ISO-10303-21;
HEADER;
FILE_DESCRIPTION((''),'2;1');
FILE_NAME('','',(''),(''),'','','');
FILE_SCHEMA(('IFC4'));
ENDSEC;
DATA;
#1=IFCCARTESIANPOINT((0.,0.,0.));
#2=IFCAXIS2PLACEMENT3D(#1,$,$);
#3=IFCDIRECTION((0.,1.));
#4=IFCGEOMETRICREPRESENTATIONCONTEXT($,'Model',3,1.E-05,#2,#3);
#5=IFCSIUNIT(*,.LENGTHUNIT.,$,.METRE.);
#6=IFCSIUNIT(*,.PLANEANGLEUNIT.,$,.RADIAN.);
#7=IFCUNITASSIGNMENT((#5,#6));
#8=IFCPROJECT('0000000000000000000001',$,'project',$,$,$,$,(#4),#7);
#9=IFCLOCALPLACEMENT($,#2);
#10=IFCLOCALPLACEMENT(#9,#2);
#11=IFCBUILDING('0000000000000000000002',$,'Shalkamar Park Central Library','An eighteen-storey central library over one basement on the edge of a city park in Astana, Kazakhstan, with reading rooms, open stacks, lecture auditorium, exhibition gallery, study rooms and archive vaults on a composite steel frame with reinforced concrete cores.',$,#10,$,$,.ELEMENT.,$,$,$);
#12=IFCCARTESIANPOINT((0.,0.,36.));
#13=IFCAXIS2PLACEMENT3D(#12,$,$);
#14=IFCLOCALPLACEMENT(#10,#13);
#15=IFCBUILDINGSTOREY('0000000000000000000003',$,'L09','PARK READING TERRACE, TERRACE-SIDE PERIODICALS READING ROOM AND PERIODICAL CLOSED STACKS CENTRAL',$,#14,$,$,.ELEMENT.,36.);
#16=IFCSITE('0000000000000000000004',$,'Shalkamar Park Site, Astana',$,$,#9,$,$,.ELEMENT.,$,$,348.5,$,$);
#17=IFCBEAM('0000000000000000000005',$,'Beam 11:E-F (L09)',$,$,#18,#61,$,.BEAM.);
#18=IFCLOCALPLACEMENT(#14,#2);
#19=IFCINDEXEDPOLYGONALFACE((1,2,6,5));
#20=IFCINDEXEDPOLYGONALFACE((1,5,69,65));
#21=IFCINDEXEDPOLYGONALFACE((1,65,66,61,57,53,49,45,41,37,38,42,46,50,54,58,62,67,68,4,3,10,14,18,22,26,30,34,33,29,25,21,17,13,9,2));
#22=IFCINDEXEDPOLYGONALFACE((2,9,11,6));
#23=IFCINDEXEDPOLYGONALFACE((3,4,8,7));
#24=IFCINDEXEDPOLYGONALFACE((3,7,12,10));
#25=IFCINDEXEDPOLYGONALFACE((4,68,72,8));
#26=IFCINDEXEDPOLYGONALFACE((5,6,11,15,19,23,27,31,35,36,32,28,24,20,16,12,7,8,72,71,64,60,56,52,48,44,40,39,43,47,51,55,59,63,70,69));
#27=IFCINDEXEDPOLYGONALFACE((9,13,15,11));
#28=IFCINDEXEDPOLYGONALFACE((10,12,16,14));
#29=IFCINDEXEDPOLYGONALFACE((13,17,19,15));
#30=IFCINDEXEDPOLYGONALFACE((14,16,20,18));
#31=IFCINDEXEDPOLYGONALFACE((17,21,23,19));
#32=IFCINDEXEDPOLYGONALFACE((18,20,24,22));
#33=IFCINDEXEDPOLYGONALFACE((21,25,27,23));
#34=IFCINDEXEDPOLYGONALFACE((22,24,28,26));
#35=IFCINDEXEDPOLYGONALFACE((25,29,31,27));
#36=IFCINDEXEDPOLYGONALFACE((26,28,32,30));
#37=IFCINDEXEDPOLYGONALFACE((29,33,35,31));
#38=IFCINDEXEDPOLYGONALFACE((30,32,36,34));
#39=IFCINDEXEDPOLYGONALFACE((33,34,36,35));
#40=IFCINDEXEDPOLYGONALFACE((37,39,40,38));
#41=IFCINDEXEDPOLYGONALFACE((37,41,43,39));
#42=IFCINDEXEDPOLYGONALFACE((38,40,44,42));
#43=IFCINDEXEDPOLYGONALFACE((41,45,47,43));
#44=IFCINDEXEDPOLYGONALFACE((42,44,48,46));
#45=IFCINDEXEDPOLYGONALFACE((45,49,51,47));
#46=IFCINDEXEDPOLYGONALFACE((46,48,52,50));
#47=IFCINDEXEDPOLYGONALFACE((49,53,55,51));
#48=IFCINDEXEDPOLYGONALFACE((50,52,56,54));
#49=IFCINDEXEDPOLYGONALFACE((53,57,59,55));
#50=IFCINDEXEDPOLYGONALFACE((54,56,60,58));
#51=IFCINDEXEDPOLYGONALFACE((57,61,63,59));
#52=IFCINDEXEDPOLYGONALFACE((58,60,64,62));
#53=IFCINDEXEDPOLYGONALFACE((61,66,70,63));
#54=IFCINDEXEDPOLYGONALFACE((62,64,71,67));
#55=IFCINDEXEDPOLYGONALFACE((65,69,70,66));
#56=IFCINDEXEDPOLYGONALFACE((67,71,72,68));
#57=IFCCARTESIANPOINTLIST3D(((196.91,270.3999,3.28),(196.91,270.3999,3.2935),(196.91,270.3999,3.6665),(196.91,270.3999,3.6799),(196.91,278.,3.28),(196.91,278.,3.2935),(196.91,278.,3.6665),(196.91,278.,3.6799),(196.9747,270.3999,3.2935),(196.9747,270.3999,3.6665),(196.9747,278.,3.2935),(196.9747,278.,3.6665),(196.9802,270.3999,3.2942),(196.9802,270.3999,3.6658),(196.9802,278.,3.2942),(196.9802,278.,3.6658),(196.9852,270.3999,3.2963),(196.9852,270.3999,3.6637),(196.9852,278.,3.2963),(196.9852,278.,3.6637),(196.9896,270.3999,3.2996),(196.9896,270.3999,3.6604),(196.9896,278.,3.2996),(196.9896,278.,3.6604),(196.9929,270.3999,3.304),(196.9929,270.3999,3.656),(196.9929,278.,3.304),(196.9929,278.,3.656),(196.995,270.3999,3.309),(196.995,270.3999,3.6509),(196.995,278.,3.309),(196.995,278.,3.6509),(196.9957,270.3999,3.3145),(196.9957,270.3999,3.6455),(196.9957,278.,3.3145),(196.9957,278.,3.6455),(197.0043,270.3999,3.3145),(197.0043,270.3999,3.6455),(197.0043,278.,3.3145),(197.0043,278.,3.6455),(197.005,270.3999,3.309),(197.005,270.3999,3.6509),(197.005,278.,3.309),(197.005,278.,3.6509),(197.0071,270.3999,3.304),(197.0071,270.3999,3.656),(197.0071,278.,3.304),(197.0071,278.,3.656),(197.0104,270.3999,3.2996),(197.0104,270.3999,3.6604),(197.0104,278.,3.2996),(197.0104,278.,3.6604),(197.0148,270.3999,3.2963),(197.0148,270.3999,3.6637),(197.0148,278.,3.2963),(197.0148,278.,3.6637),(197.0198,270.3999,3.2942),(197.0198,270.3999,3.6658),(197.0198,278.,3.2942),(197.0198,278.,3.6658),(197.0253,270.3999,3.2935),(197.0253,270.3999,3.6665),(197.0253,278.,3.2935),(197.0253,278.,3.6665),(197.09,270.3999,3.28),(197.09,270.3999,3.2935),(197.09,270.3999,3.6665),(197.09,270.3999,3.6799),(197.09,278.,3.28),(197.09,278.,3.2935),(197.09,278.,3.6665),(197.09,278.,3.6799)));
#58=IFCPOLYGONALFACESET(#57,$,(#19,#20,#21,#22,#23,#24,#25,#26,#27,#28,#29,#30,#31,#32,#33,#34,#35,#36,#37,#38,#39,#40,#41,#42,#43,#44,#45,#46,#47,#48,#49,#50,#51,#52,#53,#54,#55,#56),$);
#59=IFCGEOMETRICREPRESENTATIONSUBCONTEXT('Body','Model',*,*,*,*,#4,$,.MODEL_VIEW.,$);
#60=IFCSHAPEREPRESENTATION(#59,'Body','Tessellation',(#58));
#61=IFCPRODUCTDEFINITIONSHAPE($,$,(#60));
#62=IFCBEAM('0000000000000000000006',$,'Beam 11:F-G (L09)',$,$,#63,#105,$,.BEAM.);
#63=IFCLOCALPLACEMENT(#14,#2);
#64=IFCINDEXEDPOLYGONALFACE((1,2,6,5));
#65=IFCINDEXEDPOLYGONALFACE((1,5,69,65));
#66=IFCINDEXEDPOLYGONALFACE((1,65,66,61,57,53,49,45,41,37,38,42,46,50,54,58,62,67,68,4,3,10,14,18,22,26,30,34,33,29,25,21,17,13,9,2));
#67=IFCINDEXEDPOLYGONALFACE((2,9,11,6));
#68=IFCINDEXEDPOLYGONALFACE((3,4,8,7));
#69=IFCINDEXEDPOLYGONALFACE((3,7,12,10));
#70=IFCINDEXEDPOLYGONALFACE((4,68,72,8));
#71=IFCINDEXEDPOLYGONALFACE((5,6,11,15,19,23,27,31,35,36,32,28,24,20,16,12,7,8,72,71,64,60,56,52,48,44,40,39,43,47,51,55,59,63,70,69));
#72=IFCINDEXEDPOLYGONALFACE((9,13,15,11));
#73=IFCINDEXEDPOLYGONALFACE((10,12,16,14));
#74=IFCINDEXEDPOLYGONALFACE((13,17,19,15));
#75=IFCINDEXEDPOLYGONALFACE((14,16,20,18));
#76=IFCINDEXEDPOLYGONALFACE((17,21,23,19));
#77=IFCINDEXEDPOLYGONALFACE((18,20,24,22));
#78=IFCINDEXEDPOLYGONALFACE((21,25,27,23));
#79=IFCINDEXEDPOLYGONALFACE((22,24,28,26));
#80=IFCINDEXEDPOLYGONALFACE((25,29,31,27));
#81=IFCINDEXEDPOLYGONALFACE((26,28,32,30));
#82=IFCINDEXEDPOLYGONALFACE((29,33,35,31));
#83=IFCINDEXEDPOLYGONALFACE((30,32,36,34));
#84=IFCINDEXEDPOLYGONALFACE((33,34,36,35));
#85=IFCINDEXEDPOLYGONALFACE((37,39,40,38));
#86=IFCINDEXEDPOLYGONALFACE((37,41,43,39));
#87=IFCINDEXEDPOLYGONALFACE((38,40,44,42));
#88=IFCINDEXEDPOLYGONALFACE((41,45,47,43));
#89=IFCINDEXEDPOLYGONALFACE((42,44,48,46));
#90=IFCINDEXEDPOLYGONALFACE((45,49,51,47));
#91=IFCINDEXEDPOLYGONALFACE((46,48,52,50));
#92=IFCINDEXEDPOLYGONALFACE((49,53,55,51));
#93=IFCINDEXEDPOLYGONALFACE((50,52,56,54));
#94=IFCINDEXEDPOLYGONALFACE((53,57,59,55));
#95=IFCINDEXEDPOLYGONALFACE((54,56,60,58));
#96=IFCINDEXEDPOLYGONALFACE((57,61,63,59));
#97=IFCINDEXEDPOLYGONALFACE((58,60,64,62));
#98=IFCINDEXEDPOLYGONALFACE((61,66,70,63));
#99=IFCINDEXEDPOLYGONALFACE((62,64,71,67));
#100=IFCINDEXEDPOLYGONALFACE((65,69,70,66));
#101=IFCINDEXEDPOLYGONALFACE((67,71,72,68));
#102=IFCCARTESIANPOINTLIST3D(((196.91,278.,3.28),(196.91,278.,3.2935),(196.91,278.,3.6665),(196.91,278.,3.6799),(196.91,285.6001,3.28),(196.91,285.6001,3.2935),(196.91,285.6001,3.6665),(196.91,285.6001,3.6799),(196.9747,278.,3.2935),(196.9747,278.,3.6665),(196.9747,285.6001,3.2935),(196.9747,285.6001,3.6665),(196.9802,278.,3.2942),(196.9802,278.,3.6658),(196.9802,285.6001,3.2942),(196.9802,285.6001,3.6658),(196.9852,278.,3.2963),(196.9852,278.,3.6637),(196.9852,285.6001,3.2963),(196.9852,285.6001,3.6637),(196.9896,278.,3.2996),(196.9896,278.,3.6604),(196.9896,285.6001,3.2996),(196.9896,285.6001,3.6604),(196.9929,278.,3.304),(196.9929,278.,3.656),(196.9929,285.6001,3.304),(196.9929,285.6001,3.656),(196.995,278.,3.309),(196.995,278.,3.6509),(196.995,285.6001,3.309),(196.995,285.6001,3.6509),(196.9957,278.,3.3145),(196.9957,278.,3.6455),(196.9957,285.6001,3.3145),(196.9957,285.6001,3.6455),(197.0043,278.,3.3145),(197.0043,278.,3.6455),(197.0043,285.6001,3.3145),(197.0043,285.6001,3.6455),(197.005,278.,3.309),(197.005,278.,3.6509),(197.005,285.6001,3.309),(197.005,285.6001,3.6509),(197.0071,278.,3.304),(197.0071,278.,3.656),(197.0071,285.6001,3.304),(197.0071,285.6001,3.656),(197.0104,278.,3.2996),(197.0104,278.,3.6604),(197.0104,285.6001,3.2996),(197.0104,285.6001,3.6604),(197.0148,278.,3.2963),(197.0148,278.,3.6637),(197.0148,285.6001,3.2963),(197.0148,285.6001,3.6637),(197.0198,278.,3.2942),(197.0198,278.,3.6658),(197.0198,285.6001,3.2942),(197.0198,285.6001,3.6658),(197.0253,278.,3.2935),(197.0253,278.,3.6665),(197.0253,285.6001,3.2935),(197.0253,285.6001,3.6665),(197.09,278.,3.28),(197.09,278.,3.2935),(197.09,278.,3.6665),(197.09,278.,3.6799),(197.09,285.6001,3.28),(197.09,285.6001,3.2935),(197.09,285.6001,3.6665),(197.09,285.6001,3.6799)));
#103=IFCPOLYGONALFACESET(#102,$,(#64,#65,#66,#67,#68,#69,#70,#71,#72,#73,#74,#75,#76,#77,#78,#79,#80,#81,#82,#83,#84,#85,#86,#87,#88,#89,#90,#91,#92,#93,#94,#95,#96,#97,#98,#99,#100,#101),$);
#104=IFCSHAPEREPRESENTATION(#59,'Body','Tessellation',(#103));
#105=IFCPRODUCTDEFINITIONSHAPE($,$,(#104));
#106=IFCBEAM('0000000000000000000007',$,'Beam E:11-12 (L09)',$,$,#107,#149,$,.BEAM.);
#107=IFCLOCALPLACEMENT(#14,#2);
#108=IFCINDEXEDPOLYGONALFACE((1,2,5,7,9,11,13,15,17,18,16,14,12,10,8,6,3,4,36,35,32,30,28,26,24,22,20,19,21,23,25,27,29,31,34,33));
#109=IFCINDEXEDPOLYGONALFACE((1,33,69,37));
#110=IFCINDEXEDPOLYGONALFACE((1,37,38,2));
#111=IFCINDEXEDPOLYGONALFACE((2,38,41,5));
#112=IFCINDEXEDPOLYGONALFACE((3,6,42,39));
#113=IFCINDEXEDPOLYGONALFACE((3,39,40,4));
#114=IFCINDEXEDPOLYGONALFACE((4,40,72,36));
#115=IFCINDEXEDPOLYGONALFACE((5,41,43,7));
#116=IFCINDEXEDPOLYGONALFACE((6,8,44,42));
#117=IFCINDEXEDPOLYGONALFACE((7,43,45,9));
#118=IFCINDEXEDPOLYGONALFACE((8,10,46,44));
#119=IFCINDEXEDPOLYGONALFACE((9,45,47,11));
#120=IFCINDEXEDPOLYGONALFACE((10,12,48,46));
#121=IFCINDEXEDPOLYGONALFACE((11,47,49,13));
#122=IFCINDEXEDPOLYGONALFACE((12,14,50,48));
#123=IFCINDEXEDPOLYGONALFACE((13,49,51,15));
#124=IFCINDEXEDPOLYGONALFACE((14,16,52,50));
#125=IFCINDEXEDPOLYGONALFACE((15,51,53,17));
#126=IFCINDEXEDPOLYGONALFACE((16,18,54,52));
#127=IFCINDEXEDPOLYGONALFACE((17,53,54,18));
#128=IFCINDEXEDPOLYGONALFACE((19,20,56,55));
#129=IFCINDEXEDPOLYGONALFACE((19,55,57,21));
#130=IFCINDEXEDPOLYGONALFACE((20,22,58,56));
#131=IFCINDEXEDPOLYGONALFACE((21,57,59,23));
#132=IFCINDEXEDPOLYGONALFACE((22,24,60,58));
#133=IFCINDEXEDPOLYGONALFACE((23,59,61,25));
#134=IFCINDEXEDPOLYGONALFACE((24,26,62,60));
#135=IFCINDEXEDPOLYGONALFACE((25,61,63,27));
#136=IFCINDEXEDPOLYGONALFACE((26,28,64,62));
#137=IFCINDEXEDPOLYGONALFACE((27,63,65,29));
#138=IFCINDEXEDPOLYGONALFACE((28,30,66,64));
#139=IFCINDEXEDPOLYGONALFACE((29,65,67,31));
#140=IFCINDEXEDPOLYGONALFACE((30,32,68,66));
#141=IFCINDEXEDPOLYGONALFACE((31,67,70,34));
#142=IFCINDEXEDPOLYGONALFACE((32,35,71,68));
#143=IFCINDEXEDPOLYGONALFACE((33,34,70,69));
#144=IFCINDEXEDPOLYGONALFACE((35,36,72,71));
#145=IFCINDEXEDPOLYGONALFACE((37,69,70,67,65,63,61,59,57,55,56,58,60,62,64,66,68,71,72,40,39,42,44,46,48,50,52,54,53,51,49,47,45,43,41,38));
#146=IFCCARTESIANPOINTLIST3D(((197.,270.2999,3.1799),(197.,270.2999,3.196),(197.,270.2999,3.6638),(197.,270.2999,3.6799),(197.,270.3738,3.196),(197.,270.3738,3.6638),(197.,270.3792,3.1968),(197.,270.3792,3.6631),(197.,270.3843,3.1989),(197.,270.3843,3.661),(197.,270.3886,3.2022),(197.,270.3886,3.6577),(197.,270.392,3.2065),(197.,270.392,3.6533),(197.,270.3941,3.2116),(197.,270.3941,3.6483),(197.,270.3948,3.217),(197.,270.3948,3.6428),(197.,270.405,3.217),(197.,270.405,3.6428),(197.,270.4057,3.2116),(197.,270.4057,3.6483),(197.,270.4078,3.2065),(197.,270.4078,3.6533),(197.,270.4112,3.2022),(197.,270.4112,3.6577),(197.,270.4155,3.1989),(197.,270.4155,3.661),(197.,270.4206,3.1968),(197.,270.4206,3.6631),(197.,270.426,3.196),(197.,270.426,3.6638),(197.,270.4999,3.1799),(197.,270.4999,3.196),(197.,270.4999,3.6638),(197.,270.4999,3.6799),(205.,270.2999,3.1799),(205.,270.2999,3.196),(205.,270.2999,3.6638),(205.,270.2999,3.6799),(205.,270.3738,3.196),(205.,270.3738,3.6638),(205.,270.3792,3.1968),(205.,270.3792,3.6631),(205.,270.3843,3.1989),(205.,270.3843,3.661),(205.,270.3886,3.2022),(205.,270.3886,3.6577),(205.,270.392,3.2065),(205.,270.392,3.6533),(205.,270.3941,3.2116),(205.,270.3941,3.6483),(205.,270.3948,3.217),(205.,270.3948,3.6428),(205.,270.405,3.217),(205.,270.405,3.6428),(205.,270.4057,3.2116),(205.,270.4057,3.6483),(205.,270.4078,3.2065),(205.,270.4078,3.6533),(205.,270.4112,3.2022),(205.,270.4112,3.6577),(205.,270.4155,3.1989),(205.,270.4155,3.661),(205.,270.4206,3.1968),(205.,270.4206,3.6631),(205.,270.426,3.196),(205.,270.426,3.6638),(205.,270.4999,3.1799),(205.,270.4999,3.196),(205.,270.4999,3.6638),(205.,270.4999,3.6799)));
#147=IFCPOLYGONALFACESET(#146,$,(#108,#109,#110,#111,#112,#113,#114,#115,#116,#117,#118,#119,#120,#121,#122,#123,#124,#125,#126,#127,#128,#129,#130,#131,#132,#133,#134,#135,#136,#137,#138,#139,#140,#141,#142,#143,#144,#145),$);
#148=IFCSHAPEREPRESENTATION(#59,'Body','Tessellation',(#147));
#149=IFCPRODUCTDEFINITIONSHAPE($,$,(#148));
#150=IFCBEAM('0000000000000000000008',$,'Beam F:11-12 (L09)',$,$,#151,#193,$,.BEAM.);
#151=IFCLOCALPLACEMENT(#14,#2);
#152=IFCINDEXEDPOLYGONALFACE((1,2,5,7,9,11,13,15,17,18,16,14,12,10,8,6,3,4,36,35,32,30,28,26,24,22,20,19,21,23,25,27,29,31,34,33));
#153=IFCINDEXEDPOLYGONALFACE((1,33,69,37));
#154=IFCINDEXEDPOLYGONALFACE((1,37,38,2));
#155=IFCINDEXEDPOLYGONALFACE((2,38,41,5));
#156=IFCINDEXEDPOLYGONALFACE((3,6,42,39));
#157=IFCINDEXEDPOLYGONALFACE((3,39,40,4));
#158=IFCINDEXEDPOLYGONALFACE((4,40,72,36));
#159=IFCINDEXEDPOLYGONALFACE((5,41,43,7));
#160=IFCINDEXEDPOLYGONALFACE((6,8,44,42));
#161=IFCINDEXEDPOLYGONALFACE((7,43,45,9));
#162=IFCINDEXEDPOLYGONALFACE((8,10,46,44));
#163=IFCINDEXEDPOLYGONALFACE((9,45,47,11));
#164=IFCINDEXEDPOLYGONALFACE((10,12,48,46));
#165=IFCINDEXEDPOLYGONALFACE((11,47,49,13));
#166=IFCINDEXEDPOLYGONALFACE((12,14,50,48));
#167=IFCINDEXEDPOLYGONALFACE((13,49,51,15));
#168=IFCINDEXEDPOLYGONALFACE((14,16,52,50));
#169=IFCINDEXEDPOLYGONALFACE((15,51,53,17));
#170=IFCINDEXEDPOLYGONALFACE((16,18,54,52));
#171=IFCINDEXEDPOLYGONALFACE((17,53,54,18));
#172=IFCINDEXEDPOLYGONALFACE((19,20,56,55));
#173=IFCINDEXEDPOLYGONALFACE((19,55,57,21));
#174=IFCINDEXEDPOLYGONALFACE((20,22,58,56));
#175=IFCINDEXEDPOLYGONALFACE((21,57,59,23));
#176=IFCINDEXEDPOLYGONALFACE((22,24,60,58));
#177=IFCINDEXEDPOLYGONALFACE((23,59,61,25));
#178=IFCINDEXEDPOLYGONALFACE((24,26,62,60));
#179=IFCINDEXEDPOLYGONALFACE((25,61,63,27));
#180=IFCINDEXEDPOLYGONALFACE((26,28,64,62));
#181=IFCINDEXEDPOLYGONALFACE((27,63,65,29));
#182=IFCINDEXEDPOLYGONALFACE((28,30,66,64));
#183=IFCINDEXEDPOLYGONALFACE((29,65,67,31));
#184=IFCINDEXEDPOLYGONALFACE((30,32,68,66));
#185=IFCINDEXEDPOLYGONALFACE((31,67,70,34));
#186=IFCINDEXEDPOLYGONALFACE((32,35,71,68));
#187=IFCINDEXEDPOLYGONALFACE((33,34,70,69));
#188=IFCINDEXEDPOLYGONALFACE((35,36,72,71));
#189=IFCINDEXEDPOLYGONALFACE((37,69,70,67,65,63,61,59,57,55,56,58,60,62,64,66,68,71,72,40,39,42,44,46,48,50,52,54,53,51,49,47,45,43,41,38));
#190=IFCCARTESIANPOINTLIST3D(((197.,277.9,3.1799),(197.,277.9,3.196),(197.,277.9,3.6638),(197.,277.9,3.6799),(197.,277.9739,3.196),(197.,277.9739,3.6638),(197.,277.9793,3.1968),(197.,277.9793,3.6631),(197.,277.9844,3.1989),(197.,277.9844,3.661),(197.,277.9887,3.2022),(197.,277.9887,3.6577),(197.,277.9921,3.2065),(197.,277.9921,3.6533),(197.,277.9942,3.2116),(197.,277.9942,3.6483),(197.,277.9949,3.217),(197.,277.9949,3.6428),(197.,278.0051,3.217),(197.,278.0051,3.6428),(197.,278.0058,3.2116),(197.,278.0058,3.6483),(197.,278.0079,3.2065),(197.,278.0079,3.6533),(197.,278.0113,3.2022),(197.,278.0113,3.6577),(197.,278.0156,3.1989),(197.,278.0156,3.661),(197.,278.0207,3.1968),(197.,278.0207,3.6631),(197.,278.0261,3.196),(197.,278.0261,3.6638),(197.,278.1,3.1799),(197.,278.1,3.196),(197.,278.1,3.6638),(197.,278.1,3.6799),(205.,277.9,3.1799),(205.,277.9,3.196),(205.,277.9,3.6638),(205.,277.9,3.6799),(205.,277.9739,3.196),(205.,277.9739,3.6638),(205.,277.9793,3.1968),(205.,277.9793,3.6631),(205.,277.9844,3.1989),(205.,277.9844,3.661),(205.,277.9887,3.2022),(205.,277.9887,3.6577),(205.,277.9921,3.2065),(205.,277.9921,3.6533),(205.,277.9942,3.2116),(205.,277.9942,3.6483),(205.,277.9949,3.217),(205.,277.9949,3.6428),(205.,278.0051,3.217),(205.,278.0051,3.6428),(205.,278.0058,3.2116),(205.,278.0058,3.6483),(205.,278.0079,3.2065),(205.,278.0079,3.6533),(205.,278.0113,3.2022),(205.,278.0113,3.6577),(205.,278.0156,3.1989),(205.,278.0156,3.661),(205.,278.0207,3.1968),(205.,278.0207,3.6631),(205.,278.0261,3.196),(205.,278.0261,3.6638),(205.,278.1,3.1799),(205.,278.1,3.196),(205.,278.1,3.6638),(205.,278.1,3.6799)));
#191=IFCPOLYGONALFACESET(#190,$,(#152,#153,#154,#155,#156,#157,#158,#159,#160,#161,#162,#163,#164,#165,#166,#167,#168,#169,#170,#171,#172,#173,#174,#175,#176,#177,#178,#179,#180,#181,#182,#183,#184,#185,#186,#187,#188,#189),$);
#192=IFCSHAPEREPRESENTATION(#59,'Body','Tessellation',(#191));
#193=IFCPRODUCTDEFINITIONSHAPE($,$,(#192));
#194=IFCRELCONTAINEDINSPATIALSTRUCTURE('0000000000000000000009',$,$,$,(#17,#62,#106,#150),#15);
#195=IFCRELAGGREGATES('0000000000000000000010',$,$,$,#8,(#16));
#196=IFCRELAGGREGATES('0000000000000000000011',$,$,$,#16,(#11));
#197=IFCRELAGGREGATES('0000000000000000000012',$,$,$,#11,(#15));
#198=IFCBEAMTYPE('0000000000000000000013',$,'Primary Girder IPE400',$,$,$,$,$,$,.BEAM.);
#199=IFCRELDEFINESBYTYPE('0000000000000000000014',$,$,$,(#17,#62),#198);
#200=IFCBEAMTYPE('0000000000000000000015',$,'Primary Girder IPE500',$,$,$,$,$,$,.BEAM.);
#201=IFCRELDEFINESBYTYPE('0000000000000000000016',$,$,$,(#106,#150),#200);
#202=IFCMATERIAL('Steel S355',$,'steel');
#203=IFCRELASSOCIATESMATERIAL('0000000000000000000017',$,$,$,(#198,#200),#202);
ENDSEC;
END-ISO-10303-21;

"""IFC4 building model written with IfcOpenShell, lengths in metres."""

from ifc_helpers import new_model, si_unit, direction, frame, origin, origin_2d, place, context, subcontext, project, spatial, i_section, extrude, material, material_profile, profile_set, type_object, element, save


model = new_model("IFC4")

# Units and contexts
model_context = context("Model", 3, precision=1e-05, world=origin(), true_north=direction((0.0, 1.0)))
body_context = subcontext(model_context, "Body", "Model", "MODEL_VIEW")
ifc_project = project(units=[si_unit("LENGTHUNIT", "METRE"), si_unit("PLANEANGLEUNIT", "RADIAN")], contexts=[model_context])

# Site, building, storey
site_placement = place(None, origin())
site = spatial("IfcSite", under=ifc_project, at=site_placement, Name="Shalkamar Park Site, Astana", CompositionType="ELEMENT", RefElevation=348.5)
building_placement = place(site_placement, origin())
building = spatial("IfcBuilding", under=site, at=building_placement, Name="Shalkamar Park Central Library", Description="An eighteen-storey central library over one basement on the edge of a city park in Astana, Kazakhstan, with reading rooms, open stacks, lecture auditorium, exhibition gallery, study rooms and archive vaults on a composite steel frame with reinforced concrete cores.", CompositionType="ELEMENT")
storey_placement = place(building_placement, frame((0.0, 0.0, 36.0)))
storey = spatial("IfcBuildingStorey", under=building, at=storey_placement, Name="L09", Description="PARK READING TERRACE, TERRACE-SIDE PERIODICALS READING ROOM AND PERIODICAL CLOSED STACKS CENTRAL", CompositionType="ELEMENT", Elevation=36.0)

# Shared definitions
ifc_material_1 = material(Name="Steel S355", Category="steel")

# Beams
ifc_material_profile_1 = material_profile(ifc_material_1, i_section(OverallWidth=0.1799, OverallDepth=0.3999, WebThickness=0.0085, FlangeThickness=0.0134, FilletRadius=0.021, at=origin_2d()), Name="IPE 400")
ifc_profile_set_1 = profile_set([ifc_material_profile_1], Name="Steel S355")
beam_type_1 = type_object("IfcBeamType", Name="Primary Girder IPE400", PredefinedType="BEAM", material=ifc_profile_set_1)
for number, where, z_axis, x_axis, name in (
    (1, (197.0, 270.3999, 3.48), (0.0, 1.0, 0.0), (-1.0, 0.0, 0.0), "Beam 11:E-F (L09)"),
    (2, (197.0, 278.0, 3.48), (0.0, 1.0, 0.0), (-1.0, 0.0, 0.0), "Beam 11:F-G (L09)"),
):
    element("IfcBeam", number, at=place(storey_placement, frame(where, z_axis=z_axis, x_axis=x_axis)), inside=storey, type_object=beam_type_1, Name=name, PredefinedType="BEAM", context=body_context, shape_type="SweptSolid", body=[
        extrude(i_section(OverallWidth=0.1799, OverallDepth=0.3999, WebThickness=0.0085, FlangeThickness=0.0134, FilletRadius=0.021, at=origin_2d()), origin(), (0.0, 0.0, 1.0), 7.6001),
    ])
ifc_material_profile_2 = material_profile(ifc_material_1, i_section(OverallWidth=0.2, OverallDepth=0.5, WebThickness=0.0103, FlangeThickness=0.0161, FilletRadius=0.021, at=origin_2d()), Name="IPE 500")
ifc_profile_set_2 = profile_set([ifc_material_profile_2], Name="Steel S355")
beam_type_2 = type_object("IfcBeamType", Name="Primary Girder IPE500", PredefinedType="BEAM", material=ifc_profile_set_2)
for number, where, z_axis, x_axis, name in (
    (3, (197.0, 270.3999, 3.4299), (1.0, 0.0, 0.0), (0.0, 1.0, 0.0), "Beam E:11-12 (L09)"),
    (4, (197.0, 278.0, 3.4299), (1.0, 0.0, 0.0), (0.0, 1.0, 0.0), "Beam F:11-12 (L09)"),
):
    element("IfcBeam", number, at=place(storey_placement, frame(where, z_axis=z_axis, x_axis=x_axis)), inside=storey, type_object=beam_type_2, Name=name, PredefinedType="BEAM", context=body_context, shape_type="SweptSolid", body=[
        extrude(i_section(OverallWidth=0.2, OverallDepth=0.5, WebThickness=0.0103, FlangeThickness=0.0161, FilletRadius=0.021, at=origin_2d()), origin(), (0.0, 0.0, 1.0), 8.0),
    ])

save(model, "model.ifc")
